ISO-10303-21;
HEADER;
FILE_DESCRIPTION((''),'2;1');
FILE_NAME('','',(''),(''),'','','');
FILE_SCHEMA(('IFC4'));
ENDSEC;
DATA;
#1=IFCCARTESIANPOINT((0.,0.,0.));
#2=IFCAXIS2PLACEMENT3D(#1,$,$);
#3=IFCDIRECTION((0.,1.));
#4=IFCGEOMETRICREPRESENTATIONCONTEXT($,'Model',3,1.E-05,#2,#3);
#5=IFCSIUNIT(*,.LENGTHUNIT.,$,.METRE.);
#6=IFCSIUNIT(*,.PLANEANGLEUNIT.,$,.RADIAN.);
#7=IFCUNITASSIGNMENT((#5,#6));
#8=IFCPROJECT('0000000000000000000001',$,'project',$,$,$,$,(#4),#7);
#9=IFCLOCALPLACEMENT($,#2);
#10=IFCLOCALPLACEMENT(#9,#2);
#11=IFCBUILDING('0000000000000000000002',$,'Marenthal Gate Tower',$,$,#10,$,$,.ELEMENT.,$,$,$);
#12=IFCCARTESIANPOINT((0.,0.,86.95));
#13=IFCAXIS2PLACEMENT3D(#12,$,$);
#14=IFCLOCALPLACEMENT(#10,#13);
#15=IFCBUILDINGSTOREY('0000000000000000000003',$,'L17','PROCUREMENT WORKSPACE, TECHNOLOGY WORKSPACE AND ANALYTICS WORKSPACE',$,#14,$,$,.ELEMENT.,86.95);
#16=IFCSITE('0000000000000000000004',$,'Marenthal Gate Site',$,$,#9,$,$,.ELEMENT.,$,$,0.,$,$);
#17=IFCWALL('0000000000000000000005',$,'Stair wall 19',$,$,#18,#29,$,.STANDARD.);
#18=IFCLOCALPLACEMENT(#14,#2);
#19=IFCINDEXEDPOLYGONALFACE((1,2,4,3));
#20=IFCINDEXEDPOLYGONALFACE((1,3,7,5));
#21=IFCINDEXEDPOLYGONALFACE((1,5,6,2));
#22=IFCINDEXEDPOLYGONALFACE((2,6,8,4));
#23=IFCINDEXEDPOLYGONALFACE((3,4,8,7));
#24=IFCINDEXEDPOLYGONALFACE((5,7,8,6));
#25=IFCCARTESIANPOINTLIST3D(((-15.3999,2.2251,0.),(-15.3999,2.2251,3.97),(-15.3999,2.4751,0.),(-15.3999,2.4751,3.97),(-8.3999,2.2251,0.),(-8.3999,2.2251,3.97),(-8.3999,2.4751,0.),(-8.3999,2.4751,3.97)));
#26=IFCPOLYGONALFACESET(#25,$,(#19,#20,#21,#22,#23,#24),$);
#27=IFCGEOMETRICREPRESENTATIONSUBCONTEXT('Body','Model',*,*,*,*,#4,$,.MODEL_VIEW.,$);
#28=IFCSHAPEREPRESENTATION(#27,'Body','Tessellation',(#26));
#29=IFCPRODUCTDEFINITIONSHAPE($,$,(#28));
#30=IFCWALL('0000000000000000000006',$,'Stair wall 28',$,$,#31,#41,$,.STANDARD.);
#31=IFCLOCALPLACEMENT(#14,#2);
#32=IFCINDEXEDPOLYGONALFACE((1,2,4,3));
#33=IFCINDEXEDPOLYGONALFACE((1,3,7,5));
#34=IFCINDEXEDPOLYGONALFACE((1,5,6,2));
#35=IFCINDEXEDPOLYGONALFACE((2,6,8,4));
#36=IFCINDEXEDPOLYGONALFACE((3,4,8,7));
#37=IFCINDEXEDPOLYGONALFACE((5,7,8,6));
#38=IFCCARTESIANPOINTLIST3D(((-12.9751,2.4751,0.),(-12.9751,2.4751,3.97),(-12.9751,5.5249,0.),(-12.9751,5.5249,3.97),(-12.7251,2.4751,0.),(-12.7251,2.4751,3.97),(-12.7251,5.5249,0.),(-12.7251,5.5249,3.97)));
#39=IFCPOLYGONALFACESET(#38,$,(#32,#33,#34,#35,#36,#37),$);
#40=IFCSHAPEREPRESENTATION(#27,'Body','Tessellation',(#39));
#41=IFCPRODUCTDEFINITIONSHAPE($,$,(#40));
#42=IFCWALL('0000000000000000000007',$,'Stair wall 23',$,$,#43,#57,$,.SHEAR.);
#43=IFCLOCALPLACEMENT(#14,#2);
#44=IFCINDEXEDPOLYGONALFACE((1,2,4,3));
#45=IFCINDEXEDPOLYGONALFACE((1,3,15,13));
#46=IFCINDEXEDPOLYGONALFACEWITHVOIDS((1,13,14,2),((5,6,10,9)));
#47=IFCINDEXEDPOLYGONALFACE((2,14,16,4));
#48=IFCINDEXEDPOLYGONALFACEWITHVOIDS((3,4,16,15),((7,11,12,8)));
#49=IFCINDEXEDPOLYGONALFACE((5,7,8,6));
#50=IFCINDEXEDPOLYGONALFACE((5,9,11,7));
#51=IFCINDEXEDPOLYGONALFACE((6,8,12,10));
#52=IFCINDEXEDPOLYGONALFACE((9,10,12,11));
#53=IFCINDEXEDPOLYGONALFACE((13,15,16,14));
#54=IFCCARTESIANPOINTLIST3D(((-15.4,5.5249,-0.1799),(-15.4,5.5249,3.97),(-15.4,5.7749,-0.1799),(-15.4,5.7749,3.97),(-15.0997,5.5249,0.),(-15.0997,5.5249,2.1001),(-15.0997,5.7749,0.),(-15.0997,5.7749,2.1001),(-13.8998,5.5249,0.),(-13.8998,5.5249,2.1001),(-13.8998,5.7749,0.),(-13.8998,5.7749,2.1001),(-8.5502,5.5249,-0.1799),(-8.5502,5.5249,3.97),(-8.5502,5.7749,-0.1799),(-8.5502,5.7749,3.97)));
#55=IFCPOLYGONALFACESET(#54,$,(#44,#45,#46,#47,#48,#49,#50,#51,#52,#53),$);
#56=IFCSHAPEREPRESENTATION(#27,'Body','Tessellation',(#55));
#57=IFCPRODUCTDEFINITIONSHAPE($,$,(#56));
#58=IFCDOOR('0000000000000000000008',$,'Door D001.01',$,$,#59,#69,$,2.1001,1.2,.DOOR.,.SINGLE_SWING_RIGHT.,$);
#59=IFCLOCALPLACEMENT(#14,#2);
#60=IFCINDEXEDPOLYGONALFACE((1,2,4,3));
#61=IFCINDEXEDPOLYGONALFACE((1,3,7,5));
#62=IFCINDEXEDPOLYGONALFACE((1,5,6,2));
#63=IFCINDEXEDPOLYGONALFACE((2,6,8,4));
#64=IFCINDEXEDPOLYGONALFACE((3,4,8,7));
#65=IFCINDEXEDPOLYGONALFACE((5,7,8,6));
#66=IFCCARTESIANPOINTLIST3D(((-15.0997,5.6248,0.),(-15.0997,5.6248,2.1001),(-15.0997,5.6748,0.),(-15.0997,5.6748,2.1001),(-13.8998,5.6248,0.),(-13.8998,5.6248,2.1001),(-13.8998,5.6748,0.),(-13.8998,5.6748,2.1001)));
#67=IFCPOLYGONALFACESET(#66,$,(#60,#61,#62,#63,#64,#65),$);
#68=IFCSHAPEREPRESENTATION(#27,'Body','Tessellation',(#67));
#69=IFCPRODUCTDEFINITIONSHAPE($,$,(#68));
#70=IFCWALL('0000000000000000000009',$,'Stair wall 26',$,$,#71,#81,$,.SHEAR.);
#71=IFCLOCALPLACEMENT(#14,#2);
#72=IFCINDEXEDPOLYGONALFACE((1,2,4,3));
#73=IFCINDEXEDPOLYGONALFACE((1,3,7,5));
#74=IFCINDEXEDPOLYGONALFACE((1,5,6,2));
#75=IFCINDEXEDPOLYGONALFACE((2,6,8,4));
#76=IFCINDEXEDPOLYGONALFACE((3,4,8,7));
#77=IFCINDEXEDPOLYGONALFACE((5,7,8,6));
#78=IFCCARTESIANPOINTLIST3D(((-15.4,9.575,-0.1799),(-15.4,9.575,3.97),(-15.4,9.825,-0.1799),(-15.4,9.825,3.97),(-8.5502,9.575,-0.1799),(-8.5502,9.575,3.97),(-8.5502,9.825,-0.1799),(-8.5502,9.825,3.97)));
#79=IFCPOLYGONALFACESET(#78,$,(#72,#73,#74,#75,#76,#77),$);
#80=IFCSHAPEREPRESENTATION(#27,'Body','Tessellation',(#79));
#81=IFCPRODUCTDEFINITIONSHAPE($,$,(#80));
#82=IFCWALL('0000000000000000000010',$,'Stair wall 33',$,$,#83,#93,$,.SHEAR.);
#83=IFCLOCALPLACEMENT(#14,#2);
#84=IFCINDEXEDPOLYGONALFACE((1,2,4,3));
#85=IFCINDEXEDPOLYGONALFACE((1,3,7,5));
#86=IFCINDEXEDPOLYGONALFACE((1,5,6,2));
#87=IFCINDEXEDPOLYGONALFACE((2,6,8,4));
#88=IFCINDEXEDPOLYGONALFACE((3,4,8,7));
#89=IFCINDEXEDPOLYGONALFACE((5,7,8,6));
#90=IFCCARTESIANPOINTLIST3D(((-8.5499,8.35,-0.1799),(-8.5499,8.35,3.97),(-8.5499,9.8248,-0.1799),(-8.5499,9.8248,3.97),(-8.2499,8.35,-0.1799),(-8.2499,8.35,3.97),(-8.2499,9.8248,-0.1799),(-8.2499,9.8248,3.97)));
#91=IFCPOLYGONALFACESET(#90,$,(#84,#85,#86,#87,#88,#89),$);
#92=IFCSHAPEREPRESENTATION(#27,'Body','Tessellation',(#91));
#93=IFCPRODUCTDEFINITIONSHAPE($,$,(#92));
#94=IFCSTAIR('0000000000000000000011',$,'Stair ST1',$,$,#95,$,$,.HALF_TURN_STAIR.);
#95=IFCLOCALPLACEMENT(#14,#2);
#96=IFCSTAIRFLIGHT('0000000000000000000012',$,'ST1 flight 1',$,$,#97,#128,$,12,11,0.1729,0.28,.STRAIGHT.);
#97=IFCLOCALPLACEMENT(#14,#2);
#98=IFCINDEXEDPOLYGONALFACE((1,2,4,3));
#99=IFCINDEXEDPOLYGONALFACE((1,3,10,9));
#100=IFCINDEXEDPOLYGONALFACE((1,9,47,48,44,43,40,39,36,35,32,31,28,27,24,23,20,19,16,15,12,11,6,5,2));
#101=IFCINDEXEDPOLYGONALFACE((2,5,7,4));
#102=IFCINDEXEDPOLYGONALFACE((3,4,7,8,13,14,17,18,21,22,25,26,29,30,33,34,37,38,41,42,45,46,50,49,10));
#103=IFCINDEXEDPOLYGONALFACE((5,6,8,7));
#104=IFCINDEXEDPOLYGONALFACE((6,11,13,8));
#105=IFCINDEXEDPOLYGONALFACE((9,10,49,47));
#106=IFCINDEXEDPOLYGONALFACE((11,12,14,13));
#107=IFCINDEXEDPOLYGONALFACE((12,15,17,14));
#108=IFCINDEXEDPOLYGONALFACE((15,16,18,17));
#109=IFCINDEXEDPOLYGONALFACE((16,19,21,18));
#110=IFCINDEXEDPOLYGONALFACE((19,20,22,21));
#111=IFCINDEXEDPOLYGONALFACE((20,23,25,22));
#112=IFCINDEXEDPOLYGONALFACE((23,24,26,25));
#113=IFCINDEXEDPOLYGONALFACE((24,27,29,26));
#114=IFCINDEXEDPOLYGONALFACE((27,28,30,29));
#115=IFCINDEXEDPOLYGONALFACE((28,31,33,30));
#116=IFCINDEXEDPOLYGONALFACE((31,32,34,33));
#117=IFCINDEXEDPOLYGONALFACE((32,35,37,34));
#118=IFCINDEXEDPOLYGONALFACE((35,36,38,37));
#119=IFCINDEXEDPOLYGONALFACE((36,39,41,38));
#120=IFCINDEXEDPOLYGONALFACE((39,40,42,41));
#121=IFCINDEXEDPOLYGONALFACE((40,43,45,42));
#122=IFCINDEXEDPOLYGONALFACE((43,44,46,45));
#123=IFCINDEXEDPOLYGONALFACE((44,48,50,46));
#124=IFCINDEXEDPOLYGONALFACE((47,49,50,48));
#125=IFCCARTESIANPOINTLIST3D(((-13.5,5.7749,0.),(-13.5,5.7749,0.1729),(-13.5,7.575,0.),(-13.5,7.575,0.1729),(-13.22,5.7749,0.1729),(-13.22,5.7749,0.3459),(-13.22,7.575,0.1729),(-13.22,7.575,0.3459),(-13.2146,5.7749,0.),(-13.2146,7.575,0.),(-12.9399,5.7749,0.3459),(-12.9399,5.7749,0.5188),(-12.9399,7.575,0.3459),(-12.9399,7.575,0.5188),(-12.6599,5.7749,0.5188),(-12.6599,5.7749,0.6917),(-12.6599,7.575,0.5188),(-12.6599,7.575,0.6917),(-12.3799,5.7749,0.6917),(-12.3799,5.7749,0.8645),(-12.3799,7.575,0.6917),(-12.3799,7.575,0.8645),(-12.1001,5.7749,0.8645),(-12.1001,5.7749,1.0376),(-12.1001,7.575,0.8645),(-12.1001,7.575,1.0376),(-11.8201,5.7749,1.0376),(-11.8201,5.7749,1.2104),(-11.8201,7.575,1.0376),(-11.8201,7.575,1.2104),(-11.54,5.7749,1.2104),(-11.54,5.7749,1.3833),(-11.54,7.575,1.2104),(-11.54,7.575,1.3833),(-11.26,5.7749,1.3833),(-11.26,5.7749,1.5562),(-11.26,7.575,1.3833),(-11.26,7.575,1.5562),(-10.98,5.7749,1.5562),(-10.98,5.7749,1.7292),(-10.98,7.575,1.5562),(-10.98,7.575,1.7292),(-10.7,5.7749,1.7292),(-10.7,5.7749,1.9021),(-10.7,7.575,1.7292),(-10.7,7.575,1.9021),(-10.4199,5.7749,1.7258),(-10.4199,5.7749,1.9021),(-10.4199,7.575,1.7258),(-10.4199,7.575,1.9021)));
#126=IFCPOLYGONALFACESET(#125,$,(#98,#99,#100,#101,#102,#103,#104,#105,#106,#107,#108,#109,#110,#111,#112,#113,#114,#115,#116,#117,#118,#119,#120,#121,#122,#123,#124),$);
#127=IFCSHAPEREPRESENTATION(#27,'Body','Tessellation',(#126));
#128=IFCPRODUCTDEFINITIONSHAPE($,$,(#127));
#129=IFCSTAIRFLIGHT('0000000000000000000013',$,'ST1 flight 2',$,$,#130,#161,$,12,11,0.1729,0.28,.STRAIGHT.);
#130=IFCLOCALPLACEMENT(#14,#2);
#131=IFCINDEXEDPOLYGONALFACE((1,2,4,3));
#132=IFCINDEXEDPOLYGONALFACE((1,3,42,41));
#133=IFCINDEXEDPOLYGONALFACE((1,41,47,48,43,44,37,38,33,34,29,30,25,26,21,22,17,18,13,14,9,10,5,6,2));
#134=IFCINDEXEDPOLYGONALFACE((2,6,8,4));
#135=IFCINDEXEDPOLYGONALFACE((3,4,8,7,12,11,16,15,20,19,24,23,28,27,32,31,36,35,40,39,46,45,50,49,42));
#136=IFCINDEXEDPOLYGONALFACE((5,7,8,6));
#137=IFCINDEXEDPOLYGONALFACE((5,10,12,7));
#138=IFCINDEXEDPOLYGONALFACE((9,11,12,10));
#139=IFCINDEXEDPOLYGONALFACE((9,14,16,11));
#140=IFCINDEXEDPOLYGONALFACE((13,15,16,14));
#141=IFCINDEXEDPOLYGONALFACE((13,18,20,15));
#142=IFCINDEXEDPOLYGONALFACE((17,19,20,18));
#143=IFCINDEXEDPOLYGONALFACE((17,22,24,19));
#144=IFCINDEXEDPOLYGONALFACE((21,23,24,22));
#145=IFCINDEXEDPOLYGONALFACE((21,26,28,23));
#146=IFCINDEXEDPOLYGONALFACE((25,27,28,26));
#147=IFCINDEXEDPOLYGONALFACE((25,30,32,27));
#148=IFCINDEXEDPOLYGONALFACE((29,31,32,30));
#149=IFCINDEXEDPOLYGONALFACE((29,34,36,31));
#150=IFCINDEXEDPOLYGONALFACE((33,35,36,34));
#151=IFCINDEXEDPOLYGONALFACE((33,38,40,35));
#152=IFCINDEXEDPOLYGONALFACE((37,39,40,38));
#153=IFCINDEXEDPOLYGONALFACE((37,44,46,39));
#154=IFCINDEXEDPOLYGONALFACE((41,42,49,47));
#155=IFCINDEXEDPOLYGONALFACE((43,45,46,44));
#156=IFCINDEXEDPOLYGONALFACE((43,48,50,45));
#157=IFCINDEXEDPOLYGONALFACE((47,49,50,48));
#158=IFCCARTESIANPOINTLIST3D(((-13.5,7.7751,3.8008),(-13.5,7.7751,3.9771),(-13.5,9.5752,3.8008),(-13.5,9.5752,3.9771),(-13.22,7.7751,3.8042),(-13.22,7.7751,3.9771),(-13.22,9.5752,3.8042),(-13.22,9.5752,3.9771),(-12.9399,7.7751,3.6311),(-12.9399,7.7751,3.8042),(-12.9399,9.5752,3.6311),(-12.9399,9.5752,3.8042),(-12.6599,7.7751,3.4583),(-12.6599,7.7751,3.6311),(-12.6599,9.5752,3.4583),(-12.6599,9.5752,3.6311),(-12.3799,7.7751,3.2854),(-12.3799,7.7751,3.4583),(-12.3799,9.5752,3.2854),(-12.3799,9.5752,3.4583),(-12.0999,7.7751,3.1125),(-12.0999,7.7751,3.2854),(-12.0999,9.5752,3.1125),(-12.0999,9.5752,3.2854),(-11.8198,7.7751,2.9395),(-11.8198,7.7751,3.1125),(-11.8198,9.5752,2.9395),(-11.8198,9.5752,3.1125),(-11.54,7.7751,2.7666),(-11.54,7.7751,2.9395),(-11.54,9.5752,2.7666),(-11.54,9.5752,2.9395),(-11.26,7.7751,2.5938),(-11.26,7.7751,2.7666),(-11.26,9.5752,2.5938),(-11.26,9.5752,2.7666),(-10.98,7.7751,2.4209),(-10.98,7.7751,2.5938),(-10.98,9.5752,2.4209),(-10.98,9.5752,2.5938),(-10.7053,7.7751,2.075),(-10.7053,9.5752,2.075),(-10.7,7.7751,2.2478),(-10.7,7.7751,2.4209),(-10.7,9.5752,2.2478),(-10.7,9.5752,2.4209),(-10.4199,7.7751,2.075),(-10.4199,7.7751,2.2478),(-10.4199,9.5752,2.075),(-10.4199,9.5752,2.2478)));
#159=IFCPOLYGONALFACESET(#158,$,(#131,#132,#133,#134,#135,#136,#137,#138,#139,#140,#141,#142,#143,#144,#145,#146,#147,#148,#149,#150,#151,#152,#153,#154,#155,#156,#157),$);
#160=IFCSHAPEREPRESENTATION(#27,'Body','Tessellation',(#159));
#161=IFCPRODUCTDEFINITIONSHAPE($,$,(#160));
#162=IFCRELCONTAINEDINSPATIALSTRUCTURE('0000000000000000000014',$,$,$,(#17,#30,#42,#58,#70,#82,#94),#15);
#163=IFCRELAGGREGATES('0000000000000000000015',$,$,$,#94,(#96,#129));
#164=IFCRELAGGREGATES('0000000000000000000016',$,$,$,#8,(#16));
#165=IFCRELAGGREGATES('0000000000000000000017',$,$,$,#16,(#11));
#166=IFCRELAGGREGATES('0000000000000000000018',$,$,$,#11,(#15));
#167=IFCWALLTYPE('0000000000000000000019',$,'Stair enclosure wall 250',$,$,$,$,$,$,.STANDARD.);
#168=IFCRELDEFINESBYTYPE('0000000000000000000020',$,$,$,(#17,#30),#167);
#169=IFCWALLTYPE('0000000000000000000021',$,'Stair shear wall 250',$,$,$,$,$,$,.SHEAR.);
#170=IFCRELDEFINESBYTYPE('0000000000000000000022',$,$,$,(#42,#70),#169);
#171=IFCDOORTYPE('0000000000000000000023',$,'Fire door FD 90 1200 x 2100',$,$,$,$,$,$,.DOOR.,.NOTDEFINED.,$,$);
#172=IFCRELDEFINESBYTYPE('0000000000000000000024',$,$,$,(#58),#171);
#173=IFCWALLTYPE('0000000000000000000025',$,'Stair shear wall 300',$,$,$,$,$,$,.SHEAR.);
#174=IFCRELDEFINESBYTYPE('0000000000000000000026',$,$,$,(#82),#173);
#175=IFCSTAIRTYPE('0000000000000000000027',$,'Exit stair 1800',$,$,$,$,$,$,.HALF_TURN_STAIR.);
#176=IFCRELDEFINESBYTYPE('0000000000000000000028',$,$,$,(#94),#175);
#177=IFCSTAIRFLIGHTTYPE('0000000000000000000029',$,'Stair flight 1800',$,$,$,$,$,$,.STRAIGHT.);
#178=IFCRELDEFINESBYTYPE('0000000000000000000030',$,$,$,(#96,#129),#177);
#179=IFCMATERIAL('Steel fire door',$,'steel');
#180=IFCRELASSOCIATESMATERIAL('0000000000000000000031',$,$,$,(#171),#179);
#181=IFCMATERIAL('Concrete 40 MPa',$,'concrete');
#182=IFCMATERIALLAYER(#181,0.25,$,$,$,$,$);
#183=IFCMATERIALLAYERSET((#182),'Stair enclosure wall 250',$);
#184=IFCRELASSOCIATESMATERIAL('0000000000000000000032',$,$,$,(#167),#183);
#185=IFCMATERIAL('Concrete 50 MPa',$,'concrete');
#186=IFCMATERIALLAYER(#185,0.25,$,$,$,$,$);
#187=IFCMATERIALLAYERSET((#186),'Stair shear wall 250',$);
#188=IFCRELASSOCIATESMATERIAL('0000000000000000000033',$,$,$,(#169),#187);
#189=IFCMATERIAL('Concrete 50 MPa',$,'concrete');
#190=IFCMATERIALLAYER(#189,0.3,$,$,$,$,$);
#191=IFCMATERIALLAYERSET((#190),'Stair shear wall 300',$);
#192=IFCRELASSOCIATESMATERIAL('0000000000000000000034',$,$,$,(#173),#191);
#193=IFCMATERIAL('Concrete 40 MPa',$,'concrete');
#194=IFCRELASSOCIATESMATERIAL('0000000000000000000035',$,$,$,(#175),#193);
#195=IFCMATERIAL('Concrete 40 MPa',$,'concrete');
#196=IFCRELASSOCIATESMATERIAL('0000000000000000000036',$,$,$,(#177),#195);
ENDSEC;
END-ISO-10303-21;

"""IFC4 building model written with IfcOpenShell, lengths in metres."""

from ifc_helpers import new_model, si_unit, direction, frame, frame_2d, origin, place, context, subcontext, project, spatial, polyline, rectangle, outline, extrude, material, layer, layer_set, type_object, element, fill, aggregate, save


model = new_model("IFC4")

# Units and contexts
model_context = context("Model", 3, precision=1e-05, world=origin(), true_north=direction((0.0, 1.0)))
body_context = subcontext(model_context, "Body", "Model", "MODEL_VIEW")
ifc_project = project(units=[si_unit("LENGTHUNIT", "METRE"), si_unit("PLANEANGLEUNIT", "RADIAN")], contexts=[model_context])

# Site, building, storey
site_placement = place(None, origin())
site = spatial("IfcSite", under=ifc_project, at=site_placement, Name="Marenthal Gate Site", CompositionType="ELEMENT", RefElevation=0.0)
building_placement = place(site_placement, origin())
building = spatial("IfcBuilding", under=site, at=building_placement, Name="Marenthal Gate Tower", CompositionType="ELEMENT")
storey_placement = place(building_placement, frame((0.0, 0.0, 86.95)))
storey = spatial("IfcBuildingStorey", under=building, at=storey_placement, Name="L17", Description="PROCUREMENT WORKSPACE, TECHNOLOGY WORKSPACE AND ANALYTICS WORKSPACE", CompositionType="ELEMENT", Elevation=86.95)

# Shared definitions
ifc_material_1 = material(Name="Steel fire door", Category="steel")
door_type_1 = type_object("IfcDoorType", Name="Fire door FD 90 1200 x 2100", OperationType="NOTDEFINED", PredefinedType="DOOR", material=ifc_material_1)

# Walls
ifc_material_2 = material(Name="Concrete 40 MPa", Category="concrete")
ifc_layer_1 = layer(ifc_material_2, 0.25)
ifc_layer_set_1 = layer_set([ifc_layer_1], Name="Stair enclosure wall 250")
wall_type_1 = type_object("IfcWallType", Name="Stair enclosure wall 250", PredefinedType="STANDARD", material=ifc_layer_set_1)
wall_1_placement = place(storey_placement, frame((-15.3999, 2.3501, 0.0), z_axis=(0.0, 0.0, 1.0), x_axis=(1.0, 0.0, 0.0)))
element("IfcWall", 1, at=wall_1_placement, inside=storey, type_object=wall_type_1, Name="Stair wall 19", PredefinedType="STANDARD", context=body_context, shape_type="SweptSolid", body=[
    extrude(rectangle(XDim=7.0, YDim=0.25, at=frame_2d((3.5, 0.0))), origin(), (0.0, 0.0, 1.0), 3.97),
])
wall_2_placement = place(storey_placement, frame((-12.8501, 2.4751, 0.0), z_axis=(0.0, 0.0, 1.0), x_axis=(0.0, 1.0, 0.0)))
element("IfcWall", 2, at=wall_2_placement, inside=storey, type_object=wall_type_1, Name="Stair wall 28", PredefinedType="STANDARD", context=body_context, shape_type="SweptSolid", body=[
    extrude(rectangle(XDim=3.0498, YDim=0.25, at=frame_2d((1.5249, 0.0))), origin(), (0.0, 0.0, 1.0), 3.97),
])

# Wall, opening, door
ifc_material_3 = material(Name="Concrete 50 MPa", Category="concrete")
ifc_layer_2 = layer(ifc_material_3, 0.25)
ifc_layer_set_2 = layer_set([ifc_layer_2], Name="Stair shear wall 250")
wall_type_2 = type_object("IfcWallType", Name="Stair shear wall 250", PredefinedType="SHEAR", material=ifc_layer_set_2)
wall_3_placement = place(storey_placement, frame((-15.3999, 5.6499, -0.1799), z_axis=(0.0, 0.0, 1.0), x_axis=(1.0, 0.0, 0.0)))
wall_3 = element("IfcWall", 3, at=wall_3_placement, inside=storey, type_object=wall_type_2, Name="Stair wall 23", PredefinedType="SHEAR", context=body_context, shape_type="SweptSolid", body=[
    extrude(rectangle(XDim=6.8499, YDim=0.25, at=frame_2d((3.4248, 0.0))), origin(), (0.0, 0.0, 1.0), 4.1499),
])
opening_1_placement = place(wall_3_placement, frame((0.3, 0.0, 0.1799)))
opening_1 = element("IfcOpeningElement", 4, at=opening_1_placement, cuts=wall_3, PredefinedType="OPENING", context=body_context, shape_type="SweptSolid", body=[
    extrude(rectangle(XDim=1.2, YDim=2.1001, at=frame_2d((0.6001, 1.05))), frame((0.0, 0.135, 0.0), z_axis=(0.0, -1.0, 0.0), x_axis=(1.0, 0.0, 0.0)), (0.0, 0.0, 1.0), 0.27),
])
door_1_placement = place(opening_1_placement, origin())
door_1 = element("IfcDoor", 5, at=door_1_placement, inside=storey, type_object=door_type_1, Name="Door D001.01", OperationType="SINGLE_SWING_RIGHT", OverallHeight=2.1001, OverallWidth=1.2, PredefinedType="DOOR", context=body_context, shape_type="SweptSolid", body=[
    extrude(rectangle(XDim=1.2, YDim=2.1001, at=frame_2d((0.6001, 1.05))), frame((0.0, 0.0249, 0.0), z_axis=(0.0, -1.0, 0.0), x_axis=(1.0, 0.0, 0.0)), (0.0, 0.0, 1.0), 0.05),
])
fill(opening_1, door_1)

# Walls
wall_4_placement = place(storey_placement, frame((-15.3999, 9.7, -0.1799), z_axis=(0.0, 0.0, 1.0), x_axis=(1.0, 0.0, 0.0)))
element("IfcWall", 6, at=wall_4_placement, inside=storey, type_object=wall_type_2, Name="Stair wall 26", PredefinedType="SHEAR", context=body_context, shape_type="SweptSolid", body=[
    extrude(rectangle(XDim=6.8499, YDim=0.25, at=frame_2d((3.4248, 0.0))), origin(), (0.0, 0.0, 1.0), 4.1499),
])
ifc_material_4 = material(Name="Concrete 50 MPa", Category="concrete")
ifc_layer_3 = layer(ifc_material_4, 0.3)
ifc_layer_set_3 = layer_set([ifc_layer_3], Name="Stair shear wall 300")
wall_type_3 = type_object("IfcWallType", Name="Stair shear wall 300", PredefinedType="SHEAR", material=ifc_layer_set_3)
wall_5_placement = place(storey_placement, frame((-8.3999, 8.3501, -0.1799), z_axis=(0.0, 0.0, 1.0), x_axis=(0.0, 1.0, 0.0)))
element("IfcWall", 7, at=wall_5_placement, inside=storey, type_object=wall_type_3, Name="Stair wall 33", PredefinedType="SHEAR", context=body_context, shape_type="SweptSolid", body=[
    extrude(rectangle(XDim=1.4749, YDim=0.3, at=frame_2d((0.7373, 0.0))), origin(), (0.0, 0.0, 1.0), 4.1499),
])

# Stair, stair flights
ifc_material_5 = material(Name="Concrete 40 MPa", Category="concrete")
stair_type = type_object("IfcStairType", Name="Exit stair 1800", PredefinedType="HALF_TURN_STAIR", material=ifc_material_5)
stair_placement = place(storey_placement, origin())
stair = element("IfcStair", 8, at=stair_placement, inside=storey, type_object=stair_type, Name="Stair ST1", PredefinedType="HALF_TURN_STAIR")
ifc_material_6 = material(Name="Concrete 40 MPa", Category="concrete")
stair_flight_type = type_object("IfcStairFlightType", Name="Stair flight 1800", PredefinedType="STRAIGHT", material=ifc_material_6)
stair_flight_1_placement = place(storey_placement, frame((-13.5, 6.675, 0.0), z_axis=(0.0, 0.0, 1.0), x_axis=(1.0, 0.0, 0.0)))
stair_flight_1 = element("IfcStairFlight", 9, at=stair_flight_1_placement, type_object=stair_flight_type, Name="ST1 flight 1", NumberOfRisers=12, NumberOfTreads=11, PredefinedType="STRAIGHT", RiserHeight=0.1729, TreadLength=0.28, context=body_context, shape_type="SweptSolid", body=[
    extrude(outline(polyline([(0.0, 0.0), (0.0, 0.1729), (0.28, 0.1729), (0.28, 0.3459), (0.5601, 0.3459), (0.5601, 0.5188), (0.8401, 0.5188), (0.8401, 0.6917), (1.1201, 0.6917), (1.1201, 0.8645), (1.3999, 0.8645), (1.3999, 1.0376), (1.6799, 1.0376), (1.6799, 1.2104), (1.96, 1.2104), (1.96, 1.3833), (2.24, 1.3833), (2.24, 1.5562), (2.52, 1.5562), (2.52, 1.7292), (2.8, 1.7292), (2.8, 1.9021), (3.0801, 1.9021), (3.0801, 2.075), (3.0801, 1.7258), (0.2854, 0.0), (0.0, 0.0)])), frame((0.0, 0.8999, 0.0), z_axis=(0.0, -1.0, 0.0), x_axis=(1.0, 0.0, 0.0)), (0.0, 0.0, 1.0), 1.8),
])
stair_flight_2_placement = place(storey_placement, frame((-10.4199, 8.675, 2.075), z_axis=(0.0, 0.0, 1.0), x_axis=(-1.0, 0.0, 0.0)))
stair_flight_2 = element("IfcStairFlight", 10, at=stair_flight_2_placement, type_object=stair_flight_type, Name="ST1 flight 2", NumberOfRisers=12, NumberOfTreads=11, PredefinedType="STRAIGHT", RiserHeight=0.1729, TreadLength=0.28, context=body_context, shape_type="SweptSolid", body=[
    extrude(outline(polyline([(0.0, 0.0), (0.0, 0.1729), (0.28, 0.1729), (0.28, 0.3459), (0.5601, 0.3459), (0.5601, 0.5188), (0.8401, 0.5188), (0.8401, 0.6917), (1.1201, 0.6917), (1.1201, 0.8645), (1.3999, 0.8645), (1.3999, 1.0376), (1.6799, 1.0376), (1.6799, 1.2104), (1.96, 1.2104), (1.96, 1.3833), (2.24, 1.3833), (2.24, 1.5562), (2.52, 1.5562), (2.52, 1.7292), (2.8, 1.7292), (2.8, 1.9021), (3.0801, 1.9021), (3.0801, 2.075), (3.0801, 1.7258), (0.2854, 0.0), (0.0, 0.0)])), frame((0.0, 0.8999, 0.0), z_axis=(0.0, -1.0, 0.0), x_axis=(1.0, 0.0, 0.0)), (0.0, 0.0, 1.0), 1.8),
])
aggregate(stair, [stair_flight_1, stair_flight_2])

save(model, "model.ifc")
